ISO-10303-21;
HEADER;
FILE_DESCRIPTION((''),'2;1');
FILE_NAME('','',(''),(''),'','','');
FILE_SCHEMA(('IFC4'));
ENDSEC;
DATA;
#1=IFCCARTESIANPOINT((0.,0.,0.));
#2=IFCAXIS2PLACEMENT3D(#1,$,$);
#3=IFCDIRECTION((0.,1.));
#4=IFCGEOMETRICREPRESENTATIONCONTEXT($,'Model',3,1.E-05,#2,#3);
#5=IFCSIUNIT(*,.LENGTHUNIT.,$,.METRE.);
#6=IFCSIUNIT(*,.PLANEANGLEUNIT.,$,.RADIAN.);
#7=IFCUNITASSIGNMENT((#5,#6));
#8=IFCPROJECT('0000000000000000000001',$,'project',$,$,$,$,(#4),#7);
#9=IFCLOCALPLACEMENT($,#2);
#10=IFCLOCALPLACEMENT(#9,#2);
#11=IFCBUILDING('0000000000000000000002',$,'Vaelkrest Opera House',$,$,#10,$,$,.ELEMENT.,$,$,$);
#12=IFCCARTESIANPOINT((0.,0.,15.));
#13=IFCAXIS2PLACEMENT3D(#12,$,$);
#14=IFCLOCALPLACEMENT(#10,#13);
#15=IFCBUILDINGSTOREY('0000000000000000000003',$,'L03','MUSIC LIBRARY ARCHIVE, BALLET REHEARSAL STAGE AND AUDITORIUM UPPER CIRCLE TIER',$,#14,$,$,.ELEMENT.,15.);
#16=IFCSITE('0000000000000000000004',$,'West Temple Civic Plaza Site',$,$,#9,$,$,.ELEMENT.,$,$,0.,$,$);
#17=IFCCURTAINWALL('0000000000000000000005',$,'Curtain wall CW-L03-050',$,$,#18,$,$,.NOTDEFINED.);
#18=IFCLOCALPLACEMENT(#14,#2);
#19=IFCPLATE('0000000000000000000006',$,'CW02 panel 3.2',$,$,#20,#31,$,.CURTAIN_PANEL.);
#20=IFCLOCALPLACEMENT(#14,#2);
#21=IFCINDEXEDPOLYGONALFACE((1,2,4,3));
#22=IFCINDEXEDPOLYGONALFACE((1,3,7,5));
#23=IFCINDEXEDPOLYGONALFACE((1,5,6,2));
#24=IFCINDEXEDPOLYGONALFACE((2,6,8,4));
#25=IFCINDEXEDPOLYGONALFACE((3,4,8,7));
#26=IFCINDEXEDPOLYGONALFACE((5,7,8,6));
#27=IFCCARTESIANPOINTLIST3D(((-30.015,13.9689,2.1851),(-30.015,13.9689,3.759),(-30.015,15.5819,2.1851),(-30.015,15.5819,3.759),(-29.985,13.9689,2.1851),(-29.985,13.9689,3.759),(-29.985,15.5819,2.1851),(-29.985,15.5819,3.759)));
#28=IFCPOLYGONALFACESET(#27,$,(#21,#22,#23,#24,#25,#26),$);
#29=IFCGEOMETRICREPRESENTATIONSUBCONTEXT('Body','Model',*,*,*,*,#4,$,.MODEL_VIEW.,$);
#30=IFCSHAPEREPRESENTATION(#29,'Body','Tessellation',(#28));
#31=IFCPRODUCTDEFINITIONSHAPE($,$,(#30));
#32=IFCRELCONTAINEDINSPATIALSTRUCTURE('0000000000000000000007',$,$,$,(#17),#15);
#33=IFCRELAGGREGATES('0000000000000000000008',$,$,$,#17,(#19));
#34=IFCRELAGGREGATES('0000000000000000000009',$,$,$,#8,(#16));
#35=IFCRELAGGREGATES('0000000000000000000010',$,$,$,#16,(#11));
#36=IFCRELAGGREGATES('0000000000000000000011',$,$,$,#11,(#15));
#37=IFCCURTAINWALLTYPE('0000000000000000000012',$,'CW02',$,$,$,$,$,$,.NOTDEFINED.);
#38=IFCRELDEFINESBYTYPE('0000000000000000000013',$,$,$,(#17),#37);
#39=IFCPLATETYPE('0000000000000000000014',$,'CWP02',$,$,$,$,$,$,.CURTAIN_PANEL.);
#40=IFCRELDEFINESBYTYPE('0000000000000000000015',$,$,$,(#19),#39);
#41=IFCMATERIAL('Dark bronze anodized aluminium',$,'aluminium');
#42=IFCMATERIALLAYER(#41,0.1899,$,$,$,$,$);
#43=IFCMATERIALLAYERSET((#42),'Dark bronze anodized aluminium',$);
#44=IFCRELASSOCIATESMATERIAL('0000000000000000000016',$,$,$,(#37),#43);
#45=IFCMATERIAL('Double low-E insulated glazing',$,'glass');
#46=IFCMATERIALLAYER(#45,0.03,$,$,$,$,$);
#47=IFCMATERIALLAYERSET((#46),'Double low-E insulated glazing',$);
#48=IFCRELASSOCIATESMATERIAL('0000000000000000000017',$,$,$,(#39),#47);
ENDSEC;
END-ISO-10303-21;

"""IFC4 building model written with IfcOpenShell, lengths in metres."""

from ifc_helpers import new_model, si_unit, direction, frame, origin, origin_2d, place, context, subcontext, project, spatial, rectangle, extrude, material, layer, layer_set, type_object, element, aggregate, save


model = new_model("IFC4")

# Units and contexts
model_context = context("Model", 3, precision=1e-05, world=origin(), true_north=direction((0.0, 1.0)))
body_context = subcontext(model_context, "Body", "Model", "MODEL_VIEW")
ifc_project = project(units=[si_unit("LENGTHUNIT", "METRE"), si_unit("PLANEANGLEUNIT", "RADIAN")], contexts=[model_context])

# Site, building, storey
site_placement = place(None, origin())
site = spatial("IfcSite", under=ifc_project, at=site_placement, Name="West Temple Civic Plaza Site", CompositionType="ELEMENT", RefElevation=0.0)
building_placement = place(site_placement, origin())
building = spatial("IfcBuilding", under=site, at=building_placement, Name="Vaelkrest Opera House", CompositionType="ELEMENT")
storey_placement = place(building_placement, frame((0.0, 0.0, 15.0)))
storey = spatial("IfcBuildingStorey", under=building, at=storey_placement, Name="L03", Description="MUSIC LIBRARY ARCHIVE, BALLET REHEARSAL STAGE AND AUDITORIUM UPPER CIRCLE TIER", CompositionType="ELEMENT", Elevation=15.0)

# Curtain wall
ifc_material_1 = material(Name="Dark bronze anodized aluminium", Category="aluminium")
ifc_layer_1 = layer(ifc_material_1, 0.1899)
ifc_layer_set_1 = layer_set([ifc_layer_1], Name="Dark bronze anodized aluminium")
curtain_wall_type = type_object("IfcCurtainWallType", Name="CW02", PredefinedType="NOTDEFINED", material=ifc_layer_set_1)
curtain_wall_placement = place(storey_placement, origin())
curtain_wall = element("IfcCurtainWall", 1, at=curtain_wall_placement, inside=storey, type_object=curtain_wall_type, Name="Curtain wall CW-L03-050", PredefinedType="NOTDEFINED")

# Plate
ifc_material_2 = material(Name="Double low-E insulated glazing", Category="glass")
ifc_layer_2 = layer(ifc_material_2, 0.03)
ifc_layer_set_2 = layer_set([ifc_layer_2], Name="Double low-E insulated glazing")
plate_type = type_object("IfcPlateType", Name="CWP02", PredefinedType="CURTAIN_PANEL", material=ifc_layer_set_2)
plate_1_placement = place(storey_placement, frame((-30.0, 14.7754, 2.1851), z_axis=(0.0, 0.0, 1.0), x_axis=(0.0, 1.0, 0.0)))
plate_1 = element("IfcPlate", 2, at=plate_1_placement, type_object=plate_type, Name="CW02 panel 3.2", PredefinedType="CURTAIN_PANEL", context=body_context, shape_type="SweptSolid", body=[
    extrude(rectangle(XDim=1.613, YDim=0.03, at=origin_2d()), origin(), (0.0, 0.0, 1.0), 1.574),
])
aggregate(curtain_wall, [plate_1])

save(model, "model.ifc")
